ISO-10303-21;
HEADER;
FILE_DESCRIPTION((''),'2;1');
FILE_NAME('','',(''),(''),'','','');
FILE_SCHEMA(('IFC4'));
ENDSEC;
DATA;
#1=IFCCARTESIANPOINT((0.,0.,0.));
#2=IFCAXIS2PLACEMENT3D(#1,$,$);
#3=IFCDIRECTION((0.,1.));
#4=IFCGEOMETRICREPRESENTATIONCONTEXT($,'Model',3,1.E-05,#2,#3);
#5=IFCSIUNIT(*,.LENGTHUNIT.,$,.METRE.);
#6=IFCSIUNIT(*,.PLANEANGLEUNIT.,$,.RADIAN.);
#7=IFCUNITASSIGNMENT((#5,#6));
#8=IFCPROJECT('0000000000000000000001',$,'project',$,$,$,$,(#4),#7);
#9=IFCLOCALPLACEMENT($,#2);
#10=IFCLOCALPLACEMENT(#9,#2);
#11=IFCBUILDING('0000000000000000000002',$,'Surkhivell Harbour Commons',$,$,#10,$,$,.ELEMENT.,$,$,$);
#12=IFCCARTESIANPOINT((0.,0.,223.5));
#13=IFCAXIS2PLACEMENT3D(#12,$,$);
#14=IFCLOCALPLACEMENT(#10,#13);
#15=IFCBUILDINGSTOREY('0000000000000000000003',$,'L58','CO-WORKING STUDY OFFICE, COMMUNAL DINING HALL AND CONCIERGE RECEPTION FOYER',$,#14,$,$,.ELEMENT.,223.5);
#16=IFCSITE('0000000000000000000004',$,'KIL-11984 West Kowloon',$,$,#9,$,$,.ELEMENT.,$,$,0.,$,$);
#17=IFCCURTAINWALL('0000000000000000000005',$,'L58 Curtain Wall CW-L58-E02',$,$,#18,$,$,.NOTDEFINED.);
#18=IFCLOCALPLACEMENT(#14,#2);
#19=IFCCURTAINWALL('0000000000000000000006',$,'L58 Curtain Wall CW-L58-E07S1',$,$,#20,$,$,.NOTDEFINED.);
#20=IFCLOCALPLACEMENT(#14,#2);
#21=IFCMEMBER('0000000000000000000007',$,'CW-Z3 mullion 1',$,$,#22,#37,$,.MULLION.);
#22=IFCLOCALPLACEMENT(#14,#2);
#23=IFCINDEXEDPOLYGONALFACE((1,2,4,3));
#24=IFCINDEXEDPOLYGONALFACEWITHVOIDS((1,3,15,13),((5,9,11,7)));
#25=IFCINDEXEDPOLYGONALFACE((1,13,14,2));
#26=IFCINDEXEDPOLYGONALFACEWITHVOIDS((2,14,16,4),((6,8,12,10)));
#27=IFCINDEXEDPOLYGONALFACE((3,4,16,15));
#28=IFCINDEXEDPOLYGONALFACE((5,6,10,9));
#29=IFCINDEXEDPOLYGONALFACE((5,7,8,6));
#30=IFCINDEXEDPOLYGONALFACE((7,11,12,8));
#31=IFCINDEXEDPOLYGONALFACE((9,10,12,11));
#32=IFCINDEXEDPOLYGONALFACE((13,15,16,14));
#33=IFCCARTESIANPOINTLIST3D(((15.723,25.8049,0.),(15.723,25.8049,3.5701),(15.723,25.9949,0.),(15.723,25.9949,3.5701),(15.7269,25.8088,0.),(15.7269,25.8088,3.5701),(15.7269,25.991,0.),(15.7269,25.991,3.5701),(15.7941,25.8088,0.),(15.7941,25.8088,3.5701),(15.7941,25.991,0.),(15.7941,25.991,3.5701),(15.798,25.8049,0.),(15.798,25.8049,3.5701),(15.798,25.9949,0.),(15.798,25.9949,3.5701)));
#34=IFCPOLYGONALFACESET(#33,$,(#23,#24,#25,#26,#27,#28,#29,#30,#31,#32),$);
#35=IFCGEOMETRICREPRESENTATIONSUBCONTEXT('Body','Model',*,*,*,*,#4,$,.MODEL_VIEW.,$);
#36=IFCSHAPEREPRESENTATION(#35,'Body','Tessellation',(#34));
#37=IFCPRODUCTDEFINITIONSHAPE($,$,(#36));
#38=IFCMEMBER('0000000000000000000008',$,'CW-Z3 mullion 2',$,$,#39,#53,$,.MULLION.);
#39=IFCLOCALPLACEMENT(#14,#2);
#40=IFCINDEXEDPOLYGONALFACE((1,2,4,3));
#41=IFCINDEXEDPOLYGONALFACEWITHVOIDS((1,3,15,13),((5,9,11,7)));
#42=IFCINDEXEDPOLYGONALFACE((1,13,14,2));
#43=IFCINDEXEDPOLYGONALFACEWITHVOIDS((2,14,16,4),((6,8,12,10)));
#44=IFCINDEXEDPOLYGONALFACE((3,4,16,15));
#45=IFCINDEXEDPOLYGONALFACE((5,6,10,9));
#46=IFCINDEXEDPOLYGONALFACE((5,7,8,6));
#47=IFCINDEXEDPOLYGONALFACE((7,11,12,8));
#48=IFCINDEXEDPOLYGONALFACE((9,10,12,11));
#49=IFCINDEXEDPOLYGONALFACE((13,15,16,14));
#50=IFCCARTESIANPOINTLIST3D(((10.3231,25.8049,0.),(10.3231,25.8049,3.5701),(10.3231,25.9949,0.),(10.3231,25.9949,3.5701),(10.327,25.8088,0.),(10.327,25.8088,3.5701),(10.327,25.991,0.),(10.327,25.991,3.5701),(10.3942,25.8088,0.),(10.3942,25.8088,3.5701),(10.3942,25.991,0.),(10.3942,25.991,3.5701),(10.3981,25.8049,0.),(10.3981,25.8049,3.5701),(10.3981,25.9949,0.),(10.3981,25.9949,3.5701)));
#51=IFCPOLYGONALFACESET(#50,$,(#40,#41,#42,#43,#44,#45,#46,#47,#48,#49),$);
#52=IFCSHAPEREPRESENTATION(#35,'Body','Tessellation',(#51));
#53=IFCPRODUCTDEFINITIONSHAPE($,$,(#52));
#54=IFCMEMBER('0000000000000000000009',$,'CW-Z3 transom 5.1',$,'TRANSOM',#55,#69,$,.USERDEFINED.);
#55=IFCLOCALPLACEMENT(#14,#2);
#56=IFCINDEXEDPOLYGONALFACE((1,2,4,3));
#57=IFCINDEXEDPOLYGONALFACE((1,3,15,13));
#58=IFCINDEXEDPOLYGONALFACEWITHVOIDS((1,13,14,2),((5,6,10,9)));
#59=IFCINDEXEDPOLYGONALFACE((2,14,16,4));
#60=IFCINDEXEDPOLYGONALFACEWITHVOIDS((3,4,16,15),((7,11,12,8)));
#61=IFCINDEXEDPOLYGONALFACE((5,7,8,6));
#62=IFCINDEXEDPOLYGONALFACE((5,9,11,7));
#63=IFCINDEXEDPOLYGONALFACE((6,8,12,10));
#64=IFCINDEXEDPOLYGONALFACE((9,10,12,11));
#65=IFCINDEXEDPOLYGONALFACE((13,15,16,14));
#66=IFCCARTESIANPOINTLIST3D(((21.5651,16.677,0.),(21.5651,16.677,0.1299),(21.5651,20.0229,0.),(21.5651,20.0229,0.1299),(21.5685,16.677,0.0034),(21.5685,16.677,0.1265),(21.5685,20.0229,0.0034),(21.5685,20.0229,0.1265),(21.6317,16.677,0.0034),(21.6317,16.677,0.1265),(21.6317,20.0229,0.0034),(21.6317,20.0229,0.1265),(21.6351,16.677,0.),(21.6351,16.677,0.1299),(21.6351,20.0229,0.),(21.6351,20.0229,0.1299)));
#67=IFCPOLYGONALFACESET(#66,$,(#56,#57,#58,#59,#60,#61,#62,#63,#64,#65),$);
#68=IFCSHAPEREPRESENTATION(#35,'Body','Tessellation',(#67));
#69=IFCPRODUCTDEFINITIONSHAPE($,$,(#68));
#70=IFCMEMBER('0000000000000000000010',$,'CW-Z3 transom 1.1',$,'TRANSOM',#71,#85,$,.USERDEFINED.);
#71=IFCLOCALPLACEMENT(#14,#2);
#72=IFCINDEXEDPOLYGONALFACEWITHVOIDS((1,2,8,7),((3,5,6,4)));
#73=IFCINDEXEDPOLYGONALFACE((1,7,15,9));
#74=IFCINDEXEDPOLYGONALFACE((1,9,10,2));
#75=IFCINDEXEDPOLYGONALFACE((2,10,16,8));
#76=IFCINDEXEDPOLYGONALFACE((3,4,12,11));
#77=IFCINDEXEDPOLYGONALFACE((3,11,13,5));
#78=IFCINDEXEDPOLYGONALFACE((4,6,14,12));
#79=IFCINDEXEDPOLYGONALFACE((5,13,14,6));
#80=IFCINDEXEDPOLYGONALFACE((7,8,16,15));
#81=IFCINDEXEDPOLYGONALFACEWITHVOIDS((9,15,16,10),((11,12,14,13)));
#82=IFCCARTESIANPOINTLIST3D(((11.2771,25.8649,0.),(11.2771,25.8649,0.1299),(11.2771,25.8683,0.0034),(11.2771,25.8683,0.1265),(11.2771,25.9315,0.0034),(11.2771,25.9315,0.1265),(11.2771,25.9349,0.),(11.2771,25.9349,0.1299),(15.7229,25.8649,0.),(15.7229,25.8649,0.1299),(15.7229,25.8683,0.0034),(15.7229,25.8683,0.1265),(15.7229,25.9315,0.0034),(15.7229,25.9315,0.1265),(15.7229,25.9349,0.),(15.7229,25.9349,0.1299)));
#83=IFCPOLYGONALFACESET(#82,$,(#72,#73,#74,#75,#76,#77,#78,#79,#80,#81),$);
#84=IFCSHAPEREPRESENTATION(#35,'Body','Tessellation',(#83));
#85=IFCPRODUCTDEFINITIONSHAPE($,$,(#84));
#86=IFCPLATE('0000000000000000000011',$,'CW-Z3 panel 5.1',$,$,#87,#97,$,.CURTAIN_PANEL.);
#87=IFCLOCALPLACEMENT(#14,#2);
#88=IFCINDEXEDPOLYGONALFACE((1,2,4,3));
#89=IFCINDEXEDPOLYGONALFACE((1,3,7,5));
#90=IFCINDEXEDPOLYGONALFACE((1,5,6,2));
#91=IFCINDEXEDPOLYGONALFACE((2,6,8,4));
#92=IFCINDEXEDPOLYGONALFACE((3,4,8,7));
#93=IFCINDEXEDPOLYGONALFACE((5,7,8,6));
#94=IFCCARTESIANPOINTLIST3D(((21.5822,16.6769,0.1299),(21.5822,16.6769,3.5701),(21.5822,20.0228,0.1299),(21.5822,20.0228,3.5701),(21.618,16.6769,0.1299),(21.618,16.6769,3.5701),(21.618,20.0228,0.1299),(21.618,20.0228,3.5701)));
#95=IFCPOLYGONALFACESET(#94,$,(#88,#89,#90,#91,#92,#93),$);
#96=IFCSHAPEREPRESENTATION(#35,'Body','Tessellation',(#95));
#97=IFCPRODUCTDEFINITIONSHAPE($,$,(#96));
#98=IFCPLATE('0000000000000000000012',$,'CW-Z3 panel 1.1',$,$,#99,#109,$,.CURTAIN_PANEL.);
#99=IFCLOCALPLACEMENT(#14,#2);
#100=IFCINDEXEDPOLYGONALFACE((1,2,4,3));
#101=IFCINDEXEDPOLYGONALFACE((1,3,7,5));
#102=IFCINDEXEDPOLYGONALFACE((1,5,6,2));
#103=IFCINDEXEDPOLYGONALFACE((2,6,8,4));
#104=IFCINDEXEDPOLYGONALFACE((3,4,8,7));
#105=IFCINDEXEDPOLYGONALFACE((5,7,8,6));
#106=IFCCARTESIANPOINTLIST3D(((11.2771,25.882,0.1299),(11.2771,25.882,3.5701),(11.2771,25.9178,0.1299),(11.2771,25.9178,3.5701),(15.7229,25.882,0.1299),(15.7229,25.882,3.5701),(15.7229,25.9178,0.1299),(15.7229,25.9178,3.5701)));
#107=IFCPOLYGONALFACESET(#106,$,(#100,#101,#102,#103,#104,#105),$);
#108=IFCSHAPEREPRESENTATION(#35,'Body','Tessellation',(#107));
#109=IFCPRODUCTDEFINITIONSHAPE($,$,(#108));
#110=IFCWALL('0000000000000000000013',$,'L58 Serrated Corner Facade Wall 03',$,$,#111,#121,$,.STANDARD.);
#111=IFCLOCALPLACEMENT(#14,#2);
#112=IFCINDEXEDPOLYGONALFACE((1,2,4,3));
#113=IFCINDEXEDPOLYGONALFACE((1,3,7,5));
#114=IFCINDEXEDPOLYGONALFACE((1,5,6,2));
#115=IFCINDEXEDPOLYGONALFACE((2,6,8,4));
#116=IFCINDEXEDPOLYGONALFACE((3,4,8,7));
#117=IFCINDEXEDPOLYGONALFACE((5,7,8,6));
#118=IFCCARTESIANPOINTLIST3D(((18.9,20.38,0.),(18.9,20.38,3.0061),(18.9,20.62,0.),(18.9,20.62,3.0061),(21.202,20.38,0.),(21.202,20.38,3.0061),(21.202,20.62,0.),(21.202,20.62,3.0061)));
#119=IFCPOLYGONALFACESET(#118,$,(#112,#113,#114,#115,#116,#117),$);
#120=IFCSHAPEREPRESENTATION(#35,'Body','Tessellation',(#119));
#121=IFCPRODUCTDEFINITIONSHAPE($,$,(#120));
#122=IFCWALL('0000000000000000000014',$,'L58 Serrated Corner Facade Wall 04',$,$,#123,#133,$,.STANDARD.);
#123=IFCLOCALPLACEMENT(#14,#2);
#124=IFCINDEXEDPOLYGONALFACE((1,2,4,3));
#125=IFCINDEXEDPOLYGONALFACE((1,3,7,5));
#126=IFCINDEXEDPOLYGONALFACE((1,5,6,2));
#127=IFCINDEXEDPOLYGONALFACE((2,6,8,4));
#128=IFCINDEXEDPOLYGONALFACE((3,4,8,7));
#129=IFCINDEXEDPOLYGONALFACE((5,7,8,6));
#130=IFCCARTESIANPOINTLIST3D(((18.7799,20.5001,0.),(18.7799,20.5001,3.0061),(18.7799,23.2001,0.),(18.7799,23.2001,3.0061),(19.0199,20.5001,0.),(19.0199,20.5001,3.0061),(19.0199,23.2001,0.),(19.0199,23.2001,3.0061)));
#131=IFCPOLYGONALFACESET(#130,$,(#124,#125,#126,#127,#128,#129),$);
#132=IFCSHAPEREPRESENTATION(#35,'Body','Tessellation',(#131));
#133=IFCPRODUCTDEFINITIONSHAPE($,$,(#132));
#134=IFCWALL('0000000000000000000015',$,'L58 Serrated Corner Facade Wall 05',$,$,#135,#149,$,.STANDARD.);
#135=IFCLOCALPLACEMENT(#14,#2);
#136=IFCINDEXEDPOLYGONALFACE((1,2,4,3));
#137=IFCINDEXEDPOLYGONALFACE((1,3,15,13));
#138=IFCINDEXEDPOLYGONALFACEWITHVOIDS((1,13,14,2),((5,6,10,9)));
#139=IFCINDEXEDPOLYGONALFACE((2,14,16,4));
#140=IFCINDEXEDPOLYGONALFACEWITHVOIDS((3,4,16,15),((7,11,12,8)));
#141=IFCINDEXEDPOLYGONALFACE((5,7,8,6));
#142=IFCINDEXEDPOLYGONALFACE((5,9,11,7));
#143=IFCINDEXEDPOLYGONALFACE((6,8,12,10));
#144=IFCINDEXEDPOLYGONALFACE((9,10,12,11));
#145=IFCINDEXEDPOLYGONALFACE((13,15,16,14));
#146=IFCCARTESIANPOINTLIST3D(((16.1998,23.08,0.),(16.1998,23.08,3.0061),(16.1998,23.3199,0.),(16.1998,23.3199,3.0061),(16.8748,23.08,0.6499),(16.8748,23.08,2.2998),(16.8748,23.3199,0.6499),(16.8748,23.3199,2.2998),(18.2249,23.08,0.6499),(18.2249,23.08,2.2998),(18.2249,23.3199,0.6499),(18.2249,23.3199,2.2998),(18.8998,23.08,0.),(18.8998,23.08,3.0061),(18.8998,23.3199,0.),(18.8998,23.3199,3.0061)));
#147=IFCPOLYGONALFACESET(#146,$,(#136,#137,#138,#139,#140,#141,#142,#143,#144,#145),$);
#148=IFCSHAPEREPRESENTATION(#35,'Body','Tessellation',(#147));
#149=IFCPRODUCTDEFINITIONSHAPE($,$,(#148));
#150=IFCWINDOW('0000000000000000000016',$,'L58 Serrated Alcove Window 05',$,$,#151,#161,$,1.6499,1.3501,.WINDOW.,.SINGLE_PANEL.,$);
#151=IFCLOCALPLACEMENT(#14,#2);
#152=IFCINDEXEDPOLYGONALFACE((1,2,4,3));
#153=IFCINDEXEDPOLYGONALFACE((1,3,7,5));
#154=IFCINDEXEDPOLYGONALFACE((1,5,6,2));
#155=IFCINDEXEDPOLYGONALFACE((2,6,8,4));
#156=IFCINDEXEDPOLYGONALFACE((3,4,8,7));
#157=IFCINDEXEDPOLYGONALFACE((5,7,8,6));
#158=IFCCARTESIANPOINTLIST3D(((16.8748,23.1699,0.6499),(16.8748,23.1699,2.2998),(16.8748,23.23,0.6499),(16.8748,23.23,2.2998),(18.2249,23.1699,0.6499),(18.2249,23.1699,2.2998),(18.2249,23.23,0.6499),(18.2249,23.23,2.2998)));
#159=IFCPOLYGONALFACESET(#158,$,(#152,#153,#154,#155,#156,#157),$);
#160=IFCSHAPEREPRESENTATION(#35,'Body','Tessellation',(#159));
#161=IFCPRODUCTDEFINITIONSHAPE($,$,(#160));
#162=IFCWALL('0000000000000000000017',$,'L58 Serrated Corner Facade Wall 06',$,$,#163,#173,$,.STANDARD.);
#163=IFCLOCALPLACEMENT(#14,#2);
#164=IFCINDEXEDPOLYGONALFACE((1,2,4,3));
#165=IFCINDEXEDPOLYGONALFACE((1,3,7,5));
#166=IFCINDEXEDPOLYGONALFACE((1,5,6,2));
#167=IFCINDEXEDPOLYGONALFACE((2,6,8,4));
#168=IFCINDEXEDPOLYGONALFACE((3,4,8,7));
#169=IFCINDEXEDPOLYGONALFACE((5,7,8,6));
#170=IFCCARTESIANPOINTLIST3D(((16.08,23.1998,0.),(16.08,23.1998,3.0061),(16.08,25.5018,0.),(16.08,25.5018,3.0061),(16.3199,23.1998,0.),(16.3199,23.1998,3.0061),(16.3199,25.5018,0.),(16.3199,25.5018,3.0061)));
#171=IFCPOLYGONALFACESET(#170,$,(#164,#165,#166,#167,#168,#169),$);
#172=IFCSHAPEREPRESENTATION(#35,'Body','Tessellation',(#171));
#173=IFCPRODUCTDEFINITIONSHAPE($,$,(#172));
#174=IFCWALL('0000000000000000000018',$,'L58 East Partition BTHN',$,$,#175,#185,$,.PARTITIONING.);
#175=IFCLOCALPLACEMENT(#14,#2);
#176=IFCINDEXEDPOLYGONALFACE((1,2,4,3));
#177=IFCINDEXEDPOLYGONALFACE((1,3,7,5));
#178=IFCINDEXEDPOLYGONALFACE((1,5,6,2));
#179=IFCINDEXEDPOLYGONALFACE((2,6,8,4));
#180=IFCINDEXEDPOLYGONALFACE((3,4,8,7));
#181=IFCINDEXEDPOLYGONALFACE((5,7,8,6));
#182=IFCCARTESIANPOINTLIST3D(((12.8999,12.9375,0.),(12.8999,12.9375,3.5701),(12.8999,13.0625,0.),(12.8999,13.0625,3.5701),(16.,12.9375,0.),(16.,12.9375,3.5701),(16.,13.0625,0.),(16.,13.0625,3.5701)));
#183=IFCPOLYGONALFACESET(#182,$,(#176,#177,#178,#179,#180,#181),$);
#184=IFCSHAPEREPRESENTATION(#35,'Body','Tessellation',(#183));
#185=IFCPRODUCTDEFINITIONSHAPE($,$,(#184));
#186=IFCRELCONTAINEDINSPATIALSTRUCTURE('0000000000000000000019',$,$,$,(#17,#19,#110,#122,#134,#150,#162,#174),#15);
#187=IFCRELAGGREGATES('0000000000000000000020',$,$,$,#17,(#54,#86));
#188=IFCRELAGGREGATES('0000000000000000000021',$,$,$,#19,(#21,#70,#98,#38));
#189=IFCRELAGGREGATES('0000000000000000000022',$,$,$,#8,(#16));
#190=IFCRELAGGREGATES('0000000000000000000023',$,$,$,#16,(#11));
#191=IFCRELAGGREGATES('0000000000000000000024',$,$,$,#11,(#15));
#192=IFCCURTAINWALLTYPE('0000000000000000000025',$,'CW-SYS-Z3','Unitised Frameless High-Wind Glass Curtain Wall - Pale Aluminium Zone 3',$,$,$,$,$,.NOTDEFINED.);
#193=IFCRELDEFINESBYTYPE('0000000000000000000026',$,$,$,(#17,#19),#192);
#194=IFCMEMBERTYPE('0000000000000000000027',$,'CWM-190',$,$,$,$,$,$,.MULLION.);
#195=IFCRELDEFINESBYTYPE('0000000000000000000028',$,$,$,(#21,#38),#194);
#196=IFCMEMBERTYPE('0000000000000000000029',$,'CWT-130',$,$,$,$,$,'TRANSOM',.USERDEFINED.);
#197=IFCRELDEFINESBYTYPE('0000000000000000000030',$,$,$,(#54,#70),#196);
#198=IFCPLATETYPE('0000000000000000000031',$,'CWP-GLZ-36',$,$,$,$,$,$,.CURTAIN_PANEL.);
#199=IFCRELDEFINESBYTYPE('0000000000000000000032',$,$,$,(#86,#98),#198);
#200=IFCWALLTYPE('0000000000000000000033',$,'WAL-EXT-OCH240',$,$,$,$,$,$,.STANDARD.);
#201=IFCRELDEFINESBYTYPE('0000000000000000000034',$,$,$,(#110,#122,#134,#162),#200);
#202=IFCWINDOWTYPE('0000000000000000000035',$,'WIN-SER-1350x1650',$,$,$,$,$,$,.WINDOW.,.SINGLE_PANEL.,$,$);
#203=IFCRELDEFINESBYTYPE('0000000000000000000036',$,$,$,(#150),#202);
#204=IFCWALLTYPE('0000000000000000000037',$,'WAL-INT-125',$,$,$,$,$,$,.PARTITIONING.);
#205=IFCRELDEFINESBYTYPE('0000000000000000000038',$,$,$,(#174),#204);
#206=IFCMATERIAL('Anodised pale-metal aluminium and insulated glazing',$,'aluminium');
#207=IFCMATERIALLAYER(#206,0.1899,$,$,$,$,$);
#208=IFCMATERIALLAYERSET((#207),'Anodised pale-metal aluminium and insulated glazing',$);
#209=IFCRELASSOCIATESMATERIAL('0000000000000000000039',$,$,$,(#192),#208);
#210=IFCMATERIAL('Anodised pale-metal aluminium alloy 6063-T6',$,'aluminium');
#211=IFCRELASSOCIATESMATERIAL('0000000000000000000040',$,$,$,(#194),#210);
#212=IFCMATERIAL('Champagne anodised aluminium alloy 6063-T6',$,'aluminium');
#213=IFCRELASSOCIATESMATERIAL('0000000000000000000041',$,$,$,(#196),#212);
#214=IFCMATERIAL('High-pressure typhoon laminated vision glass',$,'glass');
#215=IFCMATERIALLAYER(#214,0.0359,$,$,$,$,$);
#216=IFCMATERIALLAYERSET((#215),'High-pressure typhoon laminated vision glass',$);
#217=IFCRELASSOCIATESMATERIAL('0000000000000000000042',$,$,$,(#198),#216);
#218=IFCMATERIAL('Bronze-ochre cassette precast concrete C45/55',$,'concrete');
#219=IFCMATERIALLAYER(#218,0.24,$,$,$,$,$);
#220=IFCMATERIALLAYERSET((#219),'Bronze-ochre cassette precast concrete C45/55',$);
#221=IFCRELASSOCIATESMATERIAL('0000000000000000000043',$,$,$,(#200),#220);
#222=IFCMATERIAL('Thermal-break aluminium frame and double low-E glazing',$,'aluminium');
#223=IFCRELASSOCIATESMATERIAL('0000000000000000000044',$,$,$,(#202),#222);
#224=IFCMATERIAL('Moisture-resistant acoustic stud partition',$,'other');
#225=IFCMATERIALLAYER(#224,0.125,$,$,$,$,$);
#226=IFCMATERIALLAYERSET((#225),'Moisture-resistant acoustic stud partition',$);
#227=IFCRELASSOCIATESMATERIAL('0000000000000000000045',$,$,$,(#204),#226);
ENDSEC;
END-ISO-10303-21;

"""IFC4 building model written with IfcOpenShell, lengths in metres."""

from ifc_helpers import new_model, si_unit, direction, frame, frame_2d, origin, origin_2d, place, context, subcontext, project, spatial, rectangle, hollow_rectangle, extrude, material, layer, layer_set, material_profile, profile_set, type_object, element, fill, aggregate, save


model = new_model("IFC4")

# Units and contexts
model_context = context("Model", 3, precision=1e-05, world=origin(), true_north=direction((0.0, 1.0)))
body_context = subcontext(model_context, "Body", "Model", "MODEL_VIEW")
ifc_project = project(units=[si_unit("LENGTHUNIT", "METRE"), si_unit("PLANEANGLEUNIT", "RADIAN")], contexts=[model_context])

# Site, building, storey
site_placement = place(None, origin())
site = spatial("IfcSite", under=ifc_project, at=site_placement, Name="KIL-11984 West Kowloon", CompositionType="ELEMENT", RefElevation=0.0)
building_placement = place(site_placement, origin())
building = spatial("IfcBuilding", under=site, at=building_placement, Name="Surkhivell Harbour Commons", CompositionType="ELEMENT")
storey_placement = place(building_placement, frame((0.0, 0.0, 223.5)))
storey = spatial("IfcBuildingStorey", under=building, at=storey_placement, Name="L58", Description="CO-WORKING STUDY OFFICE, COMMUNAL DINING HALL AND CONCIERGE RECEPTION FOYER", CompositionType="ELEMENT", Elevation=223.5)

# Curtain walls, members
ifc_material_1 = material(Name="Anodised pale-metal aluminium and insulated glazing", Category="aluminium")
ifc_layer_1 = layer(ifc_material_1, 0.1899)
ifc_layer_set_1 = layer_set([ifc_layer_1], Name="Anodised pale-metal aluminium and insulated glazing")
curtain_wall_type = type_object("IfcCurtainWallType", Name="CW-SYS-Z3", Description="Unitised Frameless High-Wind Glass Curtain Wall - Pale Aluminium Zone 3", PredefinedType="NOTDEFINED", material=ifc_layer_set_1)
curtain_wall_1_placement = place(storey_placement, origin())
curtain_wall_1 = element("IfcCurtainWall", 1, at=curtain_wall_1_placement, inside=storey, type_object=curtain_wall_type, Name="L58 Curtain Wall CW-L58-E02", PredefinedType="NOTDEFINED")
ifc_material_2 = material(Name="Anodised pale-metal aluminium alloy 6063-T6", Category="aluminium")
ifc_material_profile_1 = material_profile(ifc_material_2, hollow_rectangle(XDim=0.075, YDim=0.1899, WallThickness=0.0039, at=origin_2d()), Name="ALU-MULL-75x190")
ifc_profile_set_1 = profile_set([ifc_material_profile_1], Name="Anodised pale-metal aluminium alloy 6063-T6")
member_type_1 = type_object("IfcMemberType", Name="CWM-190", PredefinedType="MULLION", material=ifc_profile_set_1)
curtain_wall_2_placement = place(storey_placement, origin())
curtain_wall_2 = element("IfcCurtainWall", 2, at=curtain_wall_2_placement, inside=storey, type_object=curtain_wall_type, Name="L58 Curtain Wall CW-L58-E07S1", PredefinedType="NOTDEFINED")
member_1_placement = place(storey_placement, frame((15.7605, 25.8999, 0.0), z_axis=(0.0, 0.0, 1.0), x_axis=(-1.0, 0.0, 0.0)))
member_1 = element("IfcMember", 3, at=member_1_placement, type_object=member_type_1, Name="CW-Z3 mullion 1", PredefinedType="MULLION", context=body_context, shape_type="SweptSolid", body=[
    extrude(hollow_rectangle(XDim=0.075, YDim=0.1899, WallThickness=0.0039, at=origin_2d()), origin(), (0.0, 0.0, 1.0), 3.5701),
])
member_2_placement = place(storey_placement, frame((10.3606, 25.8999, 0.0), z_axis=(0.0, 0.0, 1.0), x_axis=(-1.0, 0.0, 0.0)))
member_2 = element("IfcMember", 4, at=member_2_placement, type_object=member_type_1, Name="CW-Z3 mullion 2", PredefinedType="MULLION", context=body_context, shape_type="SweptSolid", body=[
    extrude(hollow_rectangle(XDim=0.075, YDim=0.1899, WallThickness=0.0039, at=origin_2d()), origin(), (0.0, 0.0, 1.0), 3.5701),
])

# Members
ifc_material_3 = material(Name="Champagne anodised aluminium alloy 6063-T6", Category="aluminium")
ifc_material_profile_2 = material_profile(ifc_material_3, hollow_rectangle(XDim=0.0701, YDim=0.1299, WallThickness=0.0034, at=origin_2d()), Name="ALU-TRAN-70x130")
ifc_profile_set_2 = profile_set([ifc_material_profile_2], Name="Champagne anodised aluminium alloy 6063-T6")
member_type_2 = type_object("IfcMemberType", Name="CWT-130", ElementType="TRANSOM", PredefinedType="USERDEFINED", material=ifc_profile_set_2)
member_3_placement = place(storey_placement, frame((21.6001, 16.677, 0.0649), z_axis=(0.0, 1.0, 0.0), x_axis=(-1.0, 0.0, 0.0)))
member_3 = element("IfcMember", 5, at=member_3_placement, type_object=member_type_2, Name="CW-Z3 transom 5.1", ObjectType="TRANSOM", PredefinedType="USERDEFINED", context=body_context, shape_type="SweptSolid", body=[
    extrude(hollow_rectangle(XDim=0.0701, YDim=0.1299, WallThickness=0.0034, at=origin_2d()), origin(), (0.0, 0.0, 1.0), 3.3459),
])
member_4_placement = place(storey_placement, frame((15.7229, 25.8999, 0.0649), z_axis=(-1.0, 0.0, 0.0), x_axis=(0.0, -1.0, 0.0)))
member_4 = element("IfcMember", 6, at=member_4_placement, type_object=member_type_2, Name="CW-Z3 transom 1.1", ObjectType="TRANSOM", PredefinedType="USERDEFINED", context=body_context, shape_type="SweptSolid", body=[
    extrude(hollow_rectangle(XDim=0.0701, YDim=0.1299, WallThickness=0.0034, at=origin_2d()), origin(), (0.0, 0.0, 1.0), 4.4458),
])

# Plates
ifc_material_4 = material(Name="High-pressure typhoon laminated vision glass", Category="glass")
ifc_layer_2 = layer(ifc_material_4, 0.0359)
ifc_layer_set_2 = layer_set([ifc_layer_2], Name="High-pressure typhoon laminated vision glass")
plate_type = type_object("IfcPlateType", Name="CWP-GLZ-36", PredefinedType="CURTAIN_PANEL", material=ifc_layer_set_2)
plate_1_placement = place(storey_placement, frame((21.6001, 16.677, 0.1299), z_axis=(0.0, 0.0, 1.0), x_axis=(0.0, 1.0, 0.0)))
plate_1 = element("IfcPlate", 7, at=plate_1_placement, type_object=plate_type, Name="CW-Z3 panel 5.1", PredefinedType="CURTAIN_PANEL", context=body_context, shape_type="SweptSolid", body=[
    extrude(rectangle(XDim=3.3459, YDim=0.0359, at=frame_2d((1.6729, 0.0))), origin(), (0.0, 0.0, 1.0), 3.4402),
])
aggregate(curtain_wall_1, [member_3, plate_1])
plate_2_placement = place(storey_placement, frame((15.7229, 25.8999, 0.1299), z_axis=(0.0, 0.0, 1.0), x_axis=(-1.0, 0.0, 0.0)))
plate_2 = element("IfcPlate", 8, at=plate_2_placement, type_object=plate_type, Name="CW-Z3 panel 1.1", PredefinedType="CURTAIN_PANEL", context=body_context, shape_type="SweptSolid", body=[
    extrude(rectangle(XDim=4.4458, YDim=0.0359, at=frame_2d((2.2229, 0.0))), origin(), (0.0, 0.0, 1.0), 3.4402),
])
aggregate(curtain_wall_2, [member_1, member_4, plate_2, member_2])

# Walls
ifc_material_5 = material(Name="Bronze-ochre cassette precast concrete C45/55", Category="concrete")
ifc_layer_3 = layer(ifc_material_5, 0.24)
ifc_layer_set_3 = layer_set([ifc_layer_3], Name="Bronze-ochre cassette precast concrete C45/55")
wall_type_1 = type_object("IfcWallType", Name="WAL-EXT-OCH240", PredefinedType="STANDARD", material=ifc_layer_set_3)
wall_1_placement = place(storey_placement, frame((21.2019, 20.5, 0.0), z_axis=(0.0, 0.0, 1.0), x_axis=(-1.0, 0.0, 0.0)))
element("IfcWall", 9, at=wall_1_placement, inside=storey, type_object=wall_type_1, Name="L58 Serrated Corner Facade Wall 03", PredefinedType="STANDARD", context=body_context, shape_type="SweptSolid", body=[
    extrude(rectangle(XDim=2.302, YDim=0.24, at=frame_2d((1.1509, 0.0))), origin(), (0.0, 0.0, 1.0), 3.0061),
])
wall_2_placement = place(storey_placement, frame((18.8999, 20.5, 0.0), z_axis=(0.0, 0.0, 1.0), x_axis=(0.0, 1.0, 0.0)))
element("IfcWall", 10, at=wall_2_placement, inside=storey, type_object=wall_type_1, Name="L58 Serrated Corner Facade Wall 04", PredefinedType="STANDARD", context=body_context, shape_type="SweptSolid", body=[
    extrude(rectangle(XDim=2.7, YDim=0.24, at=frame_2d((1.3501, 0.0))), origin(), (0.0, 0.0, 1.0), 3.0061),
])

# Wall, opening, window
wall_3_placement = place(storey_placement, frame((18.8999, 23.2, 0.0), z_axis=(0.0, 0.0, 1.0), x_axis=(-1.0, 0.0, 0.0)))
wall_3 = element("IfcWall", 11, at=wall_3_placement, inside=storey, type_object=wall_type_1, Name="L58 Serrated Corner Facade Wall 05", PredefinedType="STANDARD", context=body_context, shape_type="SweptSolid", body=[
    extrude(rectangle(XDim=2.7, YDim=0.24, at=frame_2d((1.3501, 0.0))), origin(), (0.0, 0.0, 1.0), 3.0061),
])
opening_placement = place(wall_3_placement, frame((0.675, 0.0, 0.6499)))
opening = element("IfcOpeningElement", 12, at=opening_placement, cuts=wall_3, PredefinedType="OPENING", context=body_context, shape_type="SweptSolid", body=[
    extrude(rectangle(XDim=1.3501, YDim=1.6499, at=frame_2d((0.675, 0.825))), frame((0.0, 0.1299, 0.0), z_axis=(0.0, -1.0, 0.0), x_axis=(1.0, 0.0, 0.0)), (0.0, 0.0, 1.0), 0.26),
])
ifc_material_6 = material(Name="Thermal-break aluminium frame and double low-E glazing", Category="aluminium")
window_type = type_object("IfcWindowType", Name="WIN-SER-1350x1650", PartitioningType="SINGLE_PANEL", PredefinedType="WINDOW", material=ifc_material_6)
window_placement = place(opening_placement, origin())
window = element("IfcWindow", 13, at=window_placement, inside=storey, type_object=window_type, Name="L58 Serrated Alcove Window 05", OverallHeight=1.6499, OverallWidth=1.3501, PartitioningType="SINGLE_PANEL", PredefinedType="WINDOW", context=body_context, shape_type="SweptSolid", body=[
    extrude(rectangle(XDim=1.3501, YDim=1.6499, at=frame_2d((0.675, 0.825))), frame((0.0, 0.03, 0.0), z_axis=(0.0, -1.0, 0.0), x_axis=(1.0, 0.0, 0.0)), (0.0, 0.0, 1.0), 0.0601),
])
fill(opening, window)

# Walls
wall_4_placement = place(storey_placement, frame((16.2, 23.2, 0.0), z_axis=(0.0, 0.0, 1.0), x_axis=(0.0, 1.0, 0.0)))
element("IfcWall", 14, at=wall_4_placement, inside=storey, type_object=wall_type_1, Name="L58 Serrated Corner Facade Wall 06", PredefinedType="STANDARD", context=body_context, shape_type="SweptSolid", body=[
    extrude(rectangle(XDim=2.302, YDim=0.24, at=frame_2d((1.1509, 0.0))), origin(), (0.0, 0.0, 1.0), 3.0061),
])
ifc_material_7 = material(Name="Moisture-resistant acoustic stud partition", Category="other")
ifc_layer_4 = layer(ifc_material_7, 0.125)
ifc_layer_set_4 = layer_set([ifc_layer_4], Name="Moisture-resistant acoustic stud partition")
wall_type_2 = type_object("IfcWallType", Name="WAL-INT-125", PredefinedType="PARTITIONING", material=ifc_layer_set_4)
wall_5_placement = place(storey_placement, frame((12.8999, 13.0, 0.0), z_axis=(0.0, 0.0, 1.0), x_axis=(1.0, 0.0, 0.0)))
element("IfcWall", 15, at=wall_5_placement, inside=storey, type_object=wall_type_2, Name="L58 East Partition BTHN", PredefinedType="PARTITIONING", context=body_context, shape_type="SweptSolid", body=[
    extrude(rectangle(XDim=3.1001, YDim=0.125, at=frame_2d((1.55, 0.0))), origin(), (0.0, 0.0, 1.0), 3.5701),
])

save(model, "model.ifc")
